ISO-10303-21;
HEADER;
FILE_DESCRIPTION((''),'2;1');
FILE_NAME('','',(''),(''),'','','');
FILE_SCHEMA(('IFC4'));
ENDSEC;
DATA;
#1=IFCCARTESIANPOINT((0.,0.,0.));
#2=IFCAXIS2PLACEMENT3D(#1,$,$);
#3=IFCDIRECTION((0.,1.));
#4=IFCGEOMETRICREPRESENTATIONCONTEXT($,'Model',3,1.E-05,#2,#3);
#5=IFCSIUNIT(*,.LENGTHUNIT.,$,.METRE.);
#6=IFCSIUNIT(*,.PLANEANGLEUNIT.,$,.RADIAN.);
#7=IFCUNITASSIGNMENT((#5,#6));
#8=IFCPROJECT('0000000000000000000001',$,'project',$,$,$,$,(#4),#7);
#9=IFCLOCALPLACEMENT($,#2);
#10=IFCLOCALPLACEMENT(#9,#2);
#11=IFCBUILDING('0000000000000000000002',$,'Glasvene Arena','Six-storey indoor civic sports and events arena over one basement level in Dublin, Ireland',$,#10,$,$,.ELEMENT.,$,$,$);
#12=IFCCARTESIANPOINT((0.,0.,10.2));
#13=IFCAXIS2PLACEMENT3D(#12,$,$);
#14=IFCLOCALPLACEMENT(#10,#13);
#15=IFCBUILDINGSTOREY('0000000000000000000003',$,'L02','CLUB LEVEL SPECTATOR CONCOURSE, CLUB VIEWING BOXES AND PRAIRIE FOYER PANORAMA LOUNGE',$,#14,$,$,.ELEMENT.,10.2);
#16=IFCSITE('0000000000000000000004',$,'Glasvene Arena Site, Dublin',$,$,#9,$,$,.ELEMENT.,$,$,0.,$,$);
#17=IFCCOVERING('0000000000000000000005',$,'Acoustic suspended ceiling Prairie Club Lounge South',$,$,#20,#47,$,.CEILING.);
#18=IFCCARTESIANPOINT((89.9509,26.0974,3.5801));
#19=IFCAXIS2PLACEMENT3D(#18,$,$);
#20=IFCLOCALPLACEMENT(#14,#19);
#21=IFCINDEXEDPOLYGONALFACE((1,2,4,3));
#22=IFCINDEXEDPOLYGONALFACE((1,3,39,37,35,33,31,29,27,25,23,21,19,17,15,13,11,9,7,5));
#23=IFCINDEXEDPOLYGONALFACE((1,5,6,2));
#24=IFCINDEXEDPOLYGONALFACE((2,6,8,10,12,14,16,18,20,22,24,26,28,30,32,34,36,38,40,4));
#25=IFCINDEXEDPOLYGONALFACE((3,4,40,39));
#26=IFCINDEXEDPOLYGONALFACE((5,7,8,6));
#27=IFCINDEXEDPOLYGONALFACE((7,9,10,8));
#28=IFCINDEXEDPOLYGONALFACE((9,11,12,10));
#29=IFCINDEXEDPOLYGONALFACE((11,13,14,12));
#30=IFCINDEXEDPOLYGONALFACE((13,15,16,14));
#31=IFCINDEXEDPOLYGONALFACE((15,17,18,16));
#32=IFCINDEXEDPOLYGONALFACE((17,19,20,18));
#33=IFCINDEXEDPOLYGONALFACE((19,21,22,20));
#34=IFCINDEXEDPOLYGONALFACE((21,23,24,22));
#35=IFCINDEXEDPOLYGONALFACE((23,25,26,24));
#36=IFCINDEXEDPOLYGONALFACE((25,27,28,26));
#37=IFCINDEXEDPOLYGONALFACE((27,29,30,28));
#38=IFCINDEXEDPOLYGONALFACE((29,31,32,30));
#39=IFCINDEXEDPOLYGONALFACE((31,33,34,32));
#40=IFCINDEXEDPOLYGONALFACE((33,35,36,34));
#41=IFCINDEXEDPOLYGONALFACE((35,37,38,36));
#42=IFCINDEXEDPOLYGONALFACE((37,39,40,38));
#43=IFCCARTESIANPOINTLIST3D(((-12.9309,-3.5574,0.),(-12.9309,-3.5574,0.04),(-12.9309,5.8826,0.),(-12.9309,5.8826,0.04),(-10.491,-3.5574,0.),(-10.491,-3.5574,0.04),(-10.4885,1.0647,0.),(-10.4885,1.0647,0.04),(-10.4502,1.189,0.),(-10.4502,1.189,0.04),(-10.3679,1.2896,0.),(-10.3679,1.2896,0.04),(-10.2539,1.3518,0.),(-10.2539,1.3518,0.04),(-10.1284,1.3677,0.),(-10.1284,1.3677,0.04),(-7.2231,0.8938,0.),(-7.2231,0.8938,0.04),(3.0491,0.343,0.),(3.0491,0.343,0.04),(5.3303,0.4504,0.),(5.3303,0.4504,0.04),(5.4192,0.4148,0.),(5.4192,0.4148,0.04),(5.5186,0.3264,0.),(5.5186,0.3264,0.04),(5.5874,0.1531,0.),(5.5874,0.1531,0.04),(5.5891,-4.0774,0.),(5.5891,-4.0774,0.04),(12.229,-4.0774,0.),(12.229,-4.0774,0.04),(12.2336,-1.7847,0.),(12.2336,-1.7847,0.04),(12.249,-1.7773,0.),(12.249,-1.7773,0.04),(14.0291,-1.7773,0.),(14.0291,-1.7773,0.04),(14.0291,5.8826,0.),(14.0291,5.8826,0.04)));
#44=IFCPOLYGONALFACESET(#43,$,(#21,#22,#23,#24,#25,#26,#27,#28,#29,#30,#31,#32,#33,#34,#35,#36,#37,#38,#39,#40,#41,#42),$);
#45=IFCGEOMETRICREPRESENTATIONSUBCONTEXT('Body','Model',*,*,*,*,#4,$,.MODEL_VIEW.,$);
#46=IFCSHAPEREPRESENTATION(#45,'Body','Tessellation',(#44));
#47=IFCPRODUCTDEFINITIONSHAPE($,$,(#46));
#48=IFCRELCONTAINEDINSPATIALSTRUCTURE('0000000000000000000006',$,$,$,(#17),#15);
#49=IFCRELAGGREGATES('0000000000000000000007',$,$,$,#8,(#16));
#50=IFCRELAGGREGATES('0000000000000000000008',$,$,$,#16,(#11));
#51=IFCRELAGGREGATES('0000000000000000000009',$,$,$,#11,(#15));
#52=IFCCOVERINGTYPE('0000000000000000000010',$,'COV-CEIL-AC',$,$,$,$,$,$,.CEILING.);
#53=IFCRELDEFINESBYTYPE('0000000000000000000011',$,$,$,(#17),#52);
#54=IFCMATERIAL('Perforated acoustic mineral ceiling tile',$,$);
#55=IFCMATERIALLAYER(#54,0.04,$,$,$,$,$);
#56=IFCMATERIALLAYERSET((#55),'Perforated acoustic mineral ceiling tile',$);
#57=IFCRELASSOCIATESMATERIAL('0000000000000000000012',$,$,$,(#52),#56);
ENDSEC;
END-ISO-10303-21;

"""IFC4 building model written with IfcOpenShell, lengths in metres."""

from ifc_helpers import new_model, si_unit, direction, frame, origin, place, context, subcontext, project, spatial, polyline, outline, extrude, material, layer, layer_set, type_object, element, save


model = new_model("IFC4")

# Units and contexts
model_context = context("Model", 3, precision=1e-05, world=origin(), true_north=direction((0.0, 1.0)))
body_context = subcontext(model_context, "Body", "Model", "MODEL_VIEW")
ifc_project = project(units=[si_unit("LENGTHUNIT", "METRE"), si_unit("PLANEANGLEUNIT", "RADIAN")], contexts=[model_context])

# Site, building, storey
site_placement = place(None, origin())
site = spatial("IfcSite", under=ifc_project, at=site_placement, Name="Glasvene Arena Site, Dublin", CompositionType="ELEMENT", RefElevation=0.0)
building_placement = place(site_placement, origin())
building = spatial("IfcBuilding", under=site, at=building_placement, Name="Glasvene Arena", Description="Six-storey indoor civic sports and events arena over one basement level in Dublin, Ireland", CompositionType="ELEMENT")
storey_placement = place(building_placement, frame((0.0, 0.0, 10.2)))
storey = spatial("IfcBuildingStorey", under=building, at=storey_placement, Name="L02", Description="CLUB LEVEL SPECTATOR CONCOURSE, CLUB VIEWING BOXES AND PRAIRIE FOYER PANORAMA LOUNGE", CompositionType="ELEMENT", Elevation=10.2)

# Covering
ifc_material_1 = material(Name="Perforated acoustic mineral ceiling tile")
ifc_layer_1 = layer(ifc_material_1, 0.04)
ifc_layer_set_1 = layer_set([ifc_layer_1], Name="Perforated acoustic mineral ceiling tile")
covering_type = type_object("IfcCoveringType", Name="COV-CEIL-AC", PredefinedType="CEILING", material=ifc_layer_set_1)
covering_placement = place(storey_placement, frame((89.9509, 26.0974, 3.5801)))
element("IfcCovering", 1, at=covering_placement, inside=storey, type_object=covering_type, Name="Acoustic suspended ceiling Prairie Club Lounge South", PredefinedType="CEILING", context=body_context, shape_type="SweptSolid", body=[
    extrude(outline(polyline([(5.5891, -4.0774), (5.5874, 0.1531), (5.5186, 0.3264), (5.4192, 0.4148), (5.3303, 0.4504), (3.0491, 0.343), (-7.2231, 0.8938), (-10.1284, 1.3677), (-10.2539, 1.3518), (-10.3679, 1.2896), (-10.4502, 1.189), (-10.4885, 1.0647), (-10.491, -3.5574), (-12.9309, -3.5574), (-12.9309, 5.8826), (14.0291, 5.8826), (14.0291, -1.7773), (12.249, -1.7773), (12.2336, -1.7847), (12.229, -4.0774), (5.5891, -4.0774)])), origin(), (0.0, 0.0, 1.0), 0.04),
])

save(model, "model.ifc")
